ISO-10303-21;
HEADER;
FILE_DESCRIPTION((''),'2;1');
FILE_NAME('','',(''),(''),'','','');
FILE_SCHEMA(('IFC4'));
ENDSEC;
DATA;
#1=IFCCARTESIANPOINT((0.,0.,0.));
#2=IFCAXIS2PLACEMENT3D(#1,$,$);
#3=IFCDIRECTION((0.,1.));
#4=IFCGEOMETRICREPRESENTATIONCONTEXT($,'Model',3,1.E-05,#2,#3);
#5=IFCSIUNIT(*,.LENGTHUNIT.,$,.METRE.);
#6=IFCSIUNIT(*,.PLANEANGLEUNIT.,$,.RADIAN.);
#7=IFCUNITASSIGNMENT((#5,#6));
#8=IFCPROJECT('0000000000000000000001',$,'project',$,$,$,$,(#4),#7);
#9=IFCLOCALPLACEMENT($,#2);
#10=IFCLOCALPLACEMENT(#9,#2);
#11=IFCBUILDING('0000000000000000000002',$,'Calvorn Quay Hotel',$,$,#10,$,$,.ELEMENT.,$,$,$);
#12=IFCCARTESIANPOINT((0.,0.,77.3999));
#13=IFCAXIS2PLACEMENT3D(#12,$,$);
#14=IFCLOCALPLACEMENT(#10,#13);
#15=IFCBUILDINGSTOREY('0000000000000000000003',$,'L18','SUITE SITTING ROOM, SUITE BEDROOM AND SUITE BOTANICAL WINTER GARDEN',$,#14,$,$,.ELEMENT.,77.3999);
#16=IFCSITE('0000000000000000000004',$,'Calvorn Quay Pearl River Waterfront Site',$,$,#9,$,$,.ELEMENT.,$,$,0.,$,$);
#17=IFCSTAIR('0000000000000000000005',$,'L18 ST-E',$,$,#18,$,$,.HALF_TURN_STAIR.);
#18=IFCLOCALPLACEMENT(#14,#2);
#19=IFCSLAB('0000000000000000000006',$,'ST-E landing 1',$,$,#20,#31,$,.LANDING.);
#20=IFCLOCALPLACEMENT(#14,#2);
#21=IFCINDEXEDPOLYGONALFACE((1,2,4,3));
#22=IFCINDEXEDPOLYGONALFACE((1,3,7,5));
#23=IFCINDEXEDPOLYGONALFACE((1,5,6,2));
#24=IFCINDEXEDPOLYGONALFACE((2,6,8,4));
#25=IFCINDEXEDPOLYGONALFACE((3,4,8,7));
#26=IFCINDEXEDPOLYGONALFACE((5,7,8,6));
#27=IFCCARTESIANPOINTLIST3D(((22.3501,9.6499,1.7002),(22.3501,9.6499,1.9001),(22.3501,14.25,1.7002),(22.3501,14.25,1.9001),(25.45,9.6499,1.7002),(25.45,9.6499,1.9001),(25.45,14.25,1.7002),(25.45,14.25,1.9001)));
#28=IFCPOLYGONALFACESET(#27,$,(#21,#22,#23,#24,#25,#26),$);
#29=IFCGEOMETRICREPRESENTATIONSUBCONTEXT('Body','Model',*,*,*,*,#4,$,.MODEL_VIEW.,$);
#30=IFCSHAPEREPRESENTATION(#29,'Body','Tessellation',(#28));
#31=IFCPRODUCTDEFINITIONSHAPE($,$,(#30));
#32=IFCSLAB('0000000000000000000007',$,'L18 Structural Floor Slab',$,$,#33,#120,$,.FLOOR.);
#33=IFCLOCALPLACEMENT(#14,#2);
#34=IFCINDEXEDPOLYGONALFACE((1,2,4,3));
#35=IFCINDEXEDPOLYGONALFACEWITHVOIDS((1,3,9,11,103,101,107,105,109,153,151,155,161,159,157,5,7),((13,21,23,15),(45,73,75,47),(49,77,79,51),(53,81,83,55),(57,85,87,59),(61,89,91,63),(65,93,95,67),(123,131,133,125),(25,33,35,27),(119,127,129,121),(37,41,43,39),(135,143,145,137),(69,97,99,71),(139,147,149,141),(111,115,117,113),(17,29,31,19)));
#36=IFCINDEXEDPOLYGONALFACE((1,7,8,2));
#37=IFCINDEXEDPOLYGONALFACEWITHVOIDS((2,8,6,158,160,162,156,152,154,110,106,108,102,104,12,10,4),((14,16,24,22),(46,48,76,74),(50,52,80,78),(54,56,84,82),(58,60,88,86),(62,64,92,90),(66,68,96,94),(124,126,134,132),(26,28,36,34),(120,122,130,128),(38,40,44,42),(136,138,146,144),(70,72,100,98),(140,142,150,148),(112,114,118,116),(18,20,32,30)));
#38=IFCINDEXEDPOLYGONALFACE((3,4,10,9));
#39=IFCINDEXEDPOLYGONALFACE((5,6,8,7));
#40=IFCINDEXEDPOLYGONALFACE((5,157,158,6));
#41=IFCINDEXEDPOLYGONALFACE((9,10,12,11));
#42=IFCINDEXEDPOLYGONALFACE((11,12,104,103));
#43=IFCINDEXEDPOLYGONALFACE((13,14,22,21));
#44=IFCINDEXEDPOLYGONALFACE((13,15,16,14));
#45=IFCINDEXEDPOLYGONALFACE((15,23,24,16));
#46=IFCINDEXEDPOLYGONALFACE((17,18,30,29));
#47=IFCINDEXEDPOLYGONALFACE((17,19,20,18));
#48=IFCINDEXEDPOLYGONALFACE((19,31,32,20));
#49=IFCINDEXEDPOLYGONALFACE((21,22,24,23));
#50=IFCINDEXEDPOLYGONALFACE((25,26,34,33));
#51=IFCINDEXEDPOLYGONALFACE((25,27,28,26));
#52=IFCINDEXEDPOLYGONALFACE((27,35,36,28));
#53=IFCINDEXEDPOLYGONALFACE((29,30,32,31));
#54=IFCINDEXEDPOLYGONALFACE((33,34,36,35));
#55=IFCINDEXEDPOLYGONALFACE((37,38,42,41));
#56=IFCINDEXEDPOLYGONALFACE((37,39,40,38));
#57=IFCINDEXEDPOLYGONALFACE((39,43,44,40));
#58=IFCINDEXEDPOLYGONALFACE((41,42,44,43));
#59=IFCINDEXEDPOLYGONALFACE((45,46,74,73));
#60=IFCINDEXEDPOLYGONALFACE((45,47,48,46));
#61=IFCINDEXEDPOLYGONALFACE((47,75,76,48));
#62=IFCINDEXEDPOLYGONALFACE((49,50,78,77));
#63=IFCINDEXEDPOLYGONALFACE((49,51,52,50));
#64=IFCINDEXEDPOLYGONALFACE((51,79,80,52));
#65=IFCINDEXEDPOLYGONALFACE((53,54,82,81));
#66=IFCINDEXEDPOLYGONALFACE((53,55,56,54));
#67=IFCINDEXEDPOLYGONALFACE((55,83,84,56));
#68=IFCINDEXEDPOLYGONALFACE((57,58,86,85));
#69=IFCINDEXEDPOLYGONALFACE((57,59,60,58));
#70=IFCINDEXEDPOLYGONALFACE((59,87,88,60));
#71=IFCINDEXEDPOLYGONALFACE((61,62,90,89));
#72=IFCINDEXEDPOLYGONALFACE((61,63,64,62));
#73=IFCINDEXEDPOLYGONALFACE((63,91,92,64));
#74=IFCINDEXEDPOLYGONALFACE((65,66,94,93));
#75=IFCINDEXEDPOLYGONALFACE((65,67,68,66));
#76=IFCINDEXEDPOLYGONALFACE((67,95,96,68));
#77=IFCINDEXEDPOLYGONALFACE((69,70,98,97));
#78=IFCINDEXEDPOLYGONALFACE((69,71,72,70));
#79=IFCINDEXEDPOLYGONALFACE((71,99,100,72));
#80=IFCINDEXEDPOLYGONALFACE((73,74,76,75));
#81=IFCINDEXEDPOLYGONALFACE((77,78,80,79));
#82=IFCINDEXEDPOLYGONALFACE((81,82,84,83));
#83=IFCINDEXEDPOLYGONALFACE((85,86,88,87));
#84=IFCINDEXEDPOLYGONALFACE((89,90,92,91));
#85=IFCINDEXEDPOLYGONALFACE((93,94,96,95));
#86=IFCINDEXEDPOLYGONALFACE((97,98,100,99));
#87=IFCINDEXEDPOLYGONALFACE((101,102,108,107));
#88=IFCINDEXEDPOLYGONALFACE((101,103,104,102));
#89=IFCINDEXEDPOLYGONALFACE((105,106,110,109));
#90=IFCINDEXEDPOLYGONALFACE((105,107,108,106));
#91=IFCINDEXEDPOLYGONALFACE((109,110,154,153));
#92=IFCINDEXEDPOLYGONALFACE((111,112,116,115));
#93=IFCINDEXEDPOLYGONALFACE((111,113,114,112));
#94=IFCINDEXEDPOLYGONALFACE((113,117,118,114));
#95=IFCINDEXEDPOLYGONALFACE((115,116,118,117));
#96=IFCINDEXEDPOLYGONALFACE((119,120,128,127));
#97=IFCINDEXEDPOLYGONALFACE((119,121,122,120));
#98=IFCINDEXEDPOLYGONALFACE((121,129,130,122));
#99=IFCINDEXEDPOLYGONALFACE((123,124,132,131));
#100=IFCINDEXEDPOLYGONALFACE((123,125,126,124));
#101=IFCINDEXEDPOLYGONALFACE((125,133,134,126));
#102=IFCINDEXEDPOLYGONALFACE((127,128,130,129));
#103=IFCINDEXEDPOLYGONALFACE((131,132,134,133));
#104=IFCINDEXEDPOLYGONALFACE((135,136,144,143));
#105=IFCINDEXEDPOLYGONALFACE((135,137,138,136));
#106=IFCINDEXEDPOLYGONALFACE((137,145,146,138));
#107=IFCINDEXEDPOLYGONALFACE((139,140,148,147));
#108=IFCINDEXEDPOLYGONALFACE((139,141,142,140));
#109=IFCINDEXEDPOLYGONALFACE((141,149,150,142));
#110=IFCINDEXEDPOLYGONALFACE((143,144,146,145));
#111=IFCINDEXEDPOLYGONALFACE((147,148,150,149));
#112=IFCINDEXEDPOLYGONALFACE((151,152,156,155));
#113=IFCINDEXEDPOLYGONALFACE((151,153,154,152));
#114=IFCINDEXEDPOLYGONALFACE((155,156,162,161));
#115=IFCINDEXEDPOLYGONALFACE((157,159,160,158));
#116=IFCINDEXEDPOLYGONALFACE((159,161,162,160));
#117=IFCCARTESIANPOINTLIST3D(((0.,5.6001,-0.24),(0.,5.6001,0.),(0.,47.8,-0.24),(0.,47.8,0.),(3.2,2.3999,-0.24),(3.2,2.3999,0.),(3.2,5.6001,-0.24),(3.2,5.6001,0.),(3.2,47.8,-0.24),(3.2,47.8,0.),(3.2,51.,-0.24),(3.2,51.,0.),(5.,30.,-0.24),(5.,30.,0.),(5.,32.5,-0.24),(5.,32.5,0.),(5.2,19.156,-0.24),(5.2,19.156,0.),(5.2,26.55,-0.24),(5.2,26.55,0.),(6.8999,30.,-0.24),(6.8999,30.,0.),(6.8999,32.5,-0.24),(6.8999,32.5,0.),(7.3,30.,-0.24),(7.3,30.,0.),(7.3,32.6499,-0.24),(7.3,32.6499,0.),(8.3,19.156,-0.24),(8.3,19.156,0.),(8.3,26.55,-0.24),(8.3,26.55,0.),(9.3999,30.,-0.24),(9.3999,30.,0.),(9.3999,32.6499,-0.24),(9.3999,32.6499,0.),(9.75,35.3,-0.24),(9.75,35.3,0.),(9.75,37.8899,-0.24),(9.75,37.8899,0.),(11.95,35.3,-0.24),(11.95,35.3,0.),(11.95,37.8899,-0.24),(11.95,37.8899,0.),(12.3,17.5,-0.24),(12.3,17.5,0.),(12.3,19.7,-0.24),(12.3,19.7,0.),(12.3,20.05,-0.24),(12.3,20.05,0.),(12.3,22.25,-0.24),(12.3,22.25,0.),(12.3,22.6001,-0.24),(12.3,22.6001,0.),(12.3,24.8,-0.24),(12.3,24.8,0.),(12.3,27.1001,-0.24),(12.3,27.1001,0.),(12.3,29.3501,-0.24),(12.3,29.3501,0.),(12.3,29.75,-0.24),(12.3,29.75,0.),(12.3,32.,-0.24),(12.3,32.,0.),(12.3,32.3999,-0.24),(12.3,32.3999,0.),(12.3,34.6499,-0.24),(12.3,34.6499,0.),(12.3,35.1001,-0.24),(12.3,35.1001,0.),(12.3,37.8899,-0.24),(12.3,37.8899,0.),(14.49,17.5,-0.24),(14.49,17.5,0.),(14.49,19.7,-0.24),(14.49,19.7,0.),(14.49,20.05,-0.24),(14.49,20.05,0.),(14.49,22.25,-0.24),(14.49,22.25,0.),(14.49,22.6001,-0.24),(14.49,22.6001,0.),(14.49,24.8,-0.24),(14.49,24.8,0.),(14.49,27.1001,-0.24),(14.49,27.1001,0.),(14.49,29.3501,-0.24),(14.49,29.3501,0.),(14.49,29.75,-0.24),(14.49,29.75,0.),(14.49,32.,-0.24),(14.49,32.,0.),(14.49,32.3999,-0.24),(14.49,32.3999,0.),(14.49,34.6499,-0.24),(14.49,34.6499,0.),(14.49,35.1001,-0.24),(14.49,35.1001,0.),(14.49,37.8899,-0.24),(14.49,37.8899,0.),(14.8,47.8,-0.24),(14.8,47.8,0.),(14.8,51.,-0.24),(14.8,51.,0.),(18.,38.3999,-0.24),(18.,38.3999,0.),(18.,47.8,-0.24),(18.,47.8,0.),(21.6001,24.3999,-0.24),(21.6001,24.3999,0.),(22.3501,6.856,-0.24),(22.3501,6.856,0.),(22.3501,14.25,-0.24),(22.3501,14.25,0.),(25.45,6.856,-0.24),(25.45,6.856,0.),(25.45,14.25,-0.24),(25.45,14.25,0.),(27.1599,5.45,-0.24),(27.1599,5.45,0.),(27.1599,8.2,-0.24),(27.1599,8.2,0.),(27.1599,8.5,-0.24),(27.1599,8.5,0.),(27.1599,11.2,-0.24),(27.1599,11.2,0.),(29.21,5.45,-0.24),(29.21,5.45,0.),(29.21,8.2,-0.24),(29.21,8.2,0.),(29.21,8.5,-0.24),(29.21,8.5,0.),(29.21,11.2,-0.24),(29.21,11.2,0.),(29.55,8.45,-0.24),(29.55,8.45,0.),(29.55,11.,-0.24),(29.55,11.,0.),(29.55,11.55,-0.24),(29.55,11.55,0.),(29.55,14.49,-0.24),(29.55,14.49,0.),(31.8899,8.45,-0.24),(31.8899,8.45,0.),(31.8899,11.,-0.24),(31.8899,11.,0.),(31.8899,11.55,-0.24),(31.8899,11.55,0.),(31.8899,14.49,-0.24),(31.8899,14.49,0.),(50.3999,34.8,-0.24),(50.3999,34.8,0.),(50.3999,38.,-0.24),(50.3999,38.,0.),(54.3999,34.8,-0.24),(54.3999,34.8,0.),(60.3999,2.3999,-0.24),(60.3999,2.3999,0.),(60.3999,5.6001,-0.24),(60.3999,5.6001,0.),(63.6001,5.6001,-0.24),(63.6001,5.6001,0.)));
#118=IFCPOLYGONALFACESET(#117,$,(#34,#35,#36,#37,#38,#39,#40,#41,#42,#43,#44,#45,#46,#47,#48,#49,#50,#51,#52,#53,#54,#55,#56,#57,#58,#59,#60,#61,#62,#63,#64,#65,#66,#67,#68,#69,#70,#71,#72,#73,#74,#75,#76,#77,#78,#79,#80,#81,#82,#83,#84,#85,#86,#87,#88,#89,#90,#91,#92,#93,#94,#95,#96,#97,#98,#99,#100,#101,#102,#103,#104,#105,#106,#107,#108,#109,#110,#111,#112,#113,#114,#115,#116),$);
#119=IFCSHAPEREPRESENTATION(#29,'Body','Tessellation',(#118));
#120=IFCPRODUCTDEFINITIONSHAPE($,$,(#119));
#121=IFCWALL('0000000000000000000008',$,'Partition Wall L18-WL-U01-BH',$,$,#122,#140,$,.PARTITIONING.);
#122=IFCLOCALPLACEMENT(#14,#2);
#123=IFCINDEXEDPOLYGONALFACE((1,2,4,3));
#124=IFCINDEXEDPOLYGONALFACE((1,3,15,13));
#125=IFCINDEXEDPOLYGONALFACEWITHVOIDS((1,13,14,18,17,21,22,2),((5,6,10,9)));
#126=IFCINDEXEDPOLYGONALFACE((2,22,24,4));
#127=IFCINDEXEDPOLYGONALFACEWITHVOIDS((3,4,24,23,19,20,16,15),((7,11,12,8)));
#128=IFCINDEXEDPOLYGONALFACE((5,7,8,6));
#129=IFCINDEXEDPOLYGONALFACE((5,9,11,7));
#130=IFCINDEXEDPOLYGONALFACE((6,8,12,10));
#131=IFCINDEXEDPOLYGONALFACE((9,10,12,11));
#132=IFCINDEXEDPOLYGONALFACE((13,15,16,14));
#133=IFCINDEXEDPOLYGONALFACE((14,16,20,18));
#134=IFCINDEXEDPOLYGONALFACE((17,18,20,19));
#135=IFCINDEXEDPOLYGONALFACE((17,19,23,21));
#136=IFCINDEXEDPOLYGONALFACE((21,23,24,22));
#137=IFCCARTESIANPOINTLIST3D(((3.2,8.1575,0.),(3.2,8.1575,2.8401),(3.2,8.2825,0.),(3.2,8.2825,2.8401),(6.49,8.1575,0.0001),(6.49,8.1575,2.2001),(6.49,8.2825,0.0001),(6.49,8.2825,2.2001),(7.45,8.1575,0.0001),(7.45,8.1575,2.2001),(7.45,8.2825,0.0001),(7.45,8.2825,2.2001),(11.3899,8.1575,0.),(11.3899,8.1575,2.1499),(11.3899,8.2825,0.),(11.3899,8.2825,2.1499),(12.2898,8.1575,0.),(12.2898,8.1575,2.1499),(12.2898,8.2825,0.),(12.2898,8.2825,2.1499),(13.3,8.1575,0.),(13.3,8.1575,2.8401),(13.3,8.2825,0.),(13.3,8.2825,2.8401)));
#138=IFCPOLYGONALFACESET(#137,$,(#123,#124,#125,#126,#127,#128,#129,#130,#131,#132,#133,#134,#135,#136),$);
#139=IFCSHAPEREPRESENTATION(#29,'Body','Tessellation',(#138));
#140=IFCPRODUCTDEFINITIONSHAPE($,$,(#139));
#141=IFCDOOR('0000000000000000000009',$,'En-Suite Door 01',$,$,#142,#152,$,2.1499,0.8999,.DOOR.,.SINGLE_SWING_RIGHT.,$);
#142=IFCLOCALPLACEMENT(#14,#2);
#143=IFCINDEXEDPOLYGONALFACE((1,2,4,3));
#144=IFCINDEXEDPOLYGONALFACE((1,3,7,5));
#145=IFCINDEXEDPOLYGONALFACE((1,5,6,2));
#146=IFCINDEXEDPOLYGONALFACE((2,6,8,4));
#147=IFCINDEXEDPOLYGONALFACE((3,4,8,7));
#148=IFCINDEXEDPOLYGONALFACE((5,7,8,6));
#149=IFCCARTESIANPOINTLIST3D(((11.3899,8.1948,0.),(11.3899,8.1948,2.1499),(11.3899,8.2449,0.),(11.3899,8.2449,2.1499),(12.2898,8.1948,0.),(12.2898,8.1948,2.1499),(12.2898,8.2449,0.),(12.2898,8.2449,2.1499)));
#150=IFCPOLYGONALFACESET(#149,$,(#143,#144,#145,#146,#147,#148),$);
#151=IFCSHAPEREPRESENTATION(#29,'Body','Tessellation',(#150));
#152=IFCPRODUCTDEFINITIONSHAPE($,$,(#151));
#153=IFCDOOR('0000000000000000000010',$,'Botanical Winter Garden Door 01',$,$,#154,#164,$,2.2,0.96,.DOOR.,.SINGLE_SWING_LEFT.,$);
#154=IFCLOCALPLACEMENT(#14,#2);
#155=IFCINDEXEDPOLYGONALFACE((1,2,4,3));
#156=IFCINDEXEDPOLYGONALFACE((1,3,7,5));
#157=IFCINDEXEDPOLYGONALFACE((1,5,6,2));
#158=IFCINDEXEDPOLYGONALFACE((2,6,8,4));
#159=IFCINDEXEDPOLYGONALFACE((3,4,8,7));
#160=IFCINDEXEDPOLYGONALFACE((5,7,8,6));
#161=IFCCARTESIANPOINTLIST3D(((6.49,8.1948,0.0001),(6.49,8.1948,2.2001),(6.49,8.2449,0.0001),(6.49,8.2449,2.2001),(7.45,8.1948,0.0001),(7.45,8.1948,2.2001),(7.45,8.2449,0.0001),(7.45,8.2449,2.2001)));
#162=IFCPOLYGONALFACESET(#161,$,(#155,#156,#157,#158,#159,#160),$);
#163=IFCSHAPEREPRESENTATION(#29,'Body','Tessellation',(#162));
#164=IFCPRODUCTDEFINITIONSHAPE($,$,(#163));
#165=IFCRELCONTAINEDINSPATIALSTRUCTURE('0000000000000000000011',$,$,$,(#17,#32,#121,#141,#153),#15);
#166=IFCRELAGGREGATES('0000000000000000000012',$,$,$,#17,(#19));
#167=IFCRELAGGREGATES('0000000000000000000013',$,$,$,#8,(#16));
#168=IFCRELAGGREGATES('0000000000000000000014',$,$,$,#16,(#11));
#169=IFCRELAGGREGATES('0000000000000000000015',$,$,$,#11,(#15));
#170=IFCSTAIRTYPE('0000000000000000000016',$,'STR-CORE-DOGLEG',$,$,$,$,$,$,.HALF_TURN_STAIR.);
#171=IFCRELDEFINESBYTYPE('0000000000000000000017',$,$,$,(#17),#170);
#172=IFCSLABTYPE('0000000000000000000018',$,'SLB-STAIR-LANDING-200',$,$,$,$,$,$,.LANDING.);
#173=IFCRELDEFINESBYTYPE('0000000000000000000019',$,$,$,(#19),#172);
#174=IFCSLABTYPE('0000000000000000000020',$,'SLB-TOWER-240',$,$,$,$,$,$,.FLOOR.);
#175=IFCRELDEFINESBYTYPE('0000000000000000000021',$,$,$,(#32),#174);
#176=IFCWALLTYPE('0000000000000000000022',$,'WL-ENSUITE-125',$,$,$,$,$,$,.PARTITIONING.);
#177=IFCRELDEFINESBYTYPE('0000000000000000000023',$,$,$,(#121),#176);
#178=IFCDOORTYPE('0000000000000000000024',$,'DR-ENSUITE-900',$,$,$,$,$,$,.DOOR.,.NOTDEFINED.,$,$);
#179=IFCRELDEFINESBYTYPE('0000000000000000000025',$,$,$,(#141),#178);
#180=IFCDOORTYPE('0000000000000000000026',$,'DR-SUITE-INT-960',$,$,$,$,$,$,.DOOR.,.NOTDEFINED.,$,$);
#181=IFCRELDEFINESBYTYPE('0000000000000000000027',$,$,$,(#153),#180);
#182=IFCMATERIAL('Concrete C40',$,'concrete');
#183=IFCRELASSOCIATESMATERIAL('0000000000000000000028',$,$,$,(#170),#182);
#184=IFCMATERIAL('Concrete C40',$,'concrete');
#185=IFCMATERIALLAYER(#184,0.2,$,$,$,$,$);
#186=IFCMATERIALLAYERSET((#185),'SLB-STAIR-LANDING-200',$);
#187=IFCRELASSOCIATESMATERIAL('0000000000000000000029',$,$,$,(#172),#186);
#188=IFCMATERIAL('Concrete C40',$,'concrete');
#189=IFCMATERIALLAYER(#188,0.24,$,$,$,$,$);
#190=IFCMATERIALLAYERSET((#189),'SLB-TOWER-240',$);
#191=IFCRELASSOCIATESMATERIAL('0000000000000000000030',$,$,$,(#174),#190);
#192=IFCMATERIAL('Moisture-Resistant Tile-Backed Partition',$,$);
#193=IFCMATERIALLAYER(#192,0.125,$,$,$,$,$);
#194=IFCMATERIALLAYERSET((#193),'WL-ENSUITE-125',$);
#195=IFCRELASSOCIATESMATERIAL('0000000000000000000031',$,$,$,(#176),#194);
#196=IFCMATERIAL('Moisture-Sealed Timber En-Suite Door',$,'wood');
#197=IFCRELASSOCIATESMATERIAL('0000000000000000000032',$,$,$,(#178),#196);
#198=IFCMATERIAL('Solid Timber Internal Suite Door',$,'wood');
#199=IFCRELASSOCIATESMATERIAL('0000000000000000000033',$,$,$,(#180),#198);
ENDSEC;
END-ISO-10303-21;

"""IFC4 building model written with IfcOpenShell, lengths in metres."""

from ifc_helpers import new_model, si_unit, direction, frame, frame_2d, origin, place, context, subcontext, project, spatial, polyline, rectangle, outline, extrude, material, layer, layer_set, type_object, element, fill, aggregate, save


model = new_model("IFC4")

# Units and contexts
model_context = context("Model", 3, precision=1e-05, world=origin(), true_north=direction((0.0, 1.0)))
body_context = subcontext(model_context, "Body", "Model", "MODEL_VIEW")
ifc_project = project(units=[si_unit("LENGTHUNIT", "METRE"), si_unit("PLANEANGLEUNIT", "RADIAN")], contexts=[model_context])

# Site, building, storey
site_placement = place(None, origin())
site = spatial("IfcSite", under=ifc_project, at=site_placement, Name="Calvorn Quay Pearl River Waterfront Site", CompositionType="ELEMENT", RefElevation=0.0)
building_placement = place(site_placement, origin())
building = spatial("IfcBuilding", under=site, at=building_placement, Name="Calvorn Quay Hotel", CompositionType="ELEMENT")
storey_placement = place(building_placement, frame((0.0, 0.0, 77.3999)))
storey = spatial("IfcBuildingStorey", under=building, at=storey_placement, Name="L18", Description="SUITE SITTING ROOM, SUITE BEDROOM AND SUITE BOTANICAL WINTER GARDEN", CompositionType="ELEMENT", Elevation=77.3999)

# Stair, slab
ifc_material_1 = material(Name="Concrete C40", Category="concrete")
stair_type = type_object("IfcStairType", Name="STR-CORE-DOGLEG", PredefinedType="HALF_TURN_STAIR", material=ifc_material_1)
ifc_material_2 = material(Name="Concrete C40", Category="concrete")
ifc_layer_1 = layer(ifc_material_2, 0.2)
ifc_layer_set_1 = layer_set([ifc_layer_1], Name="SLB-STAIR-LANDING-200")
slab_type_1 = type_object("IfcSlabType", Name="SLB-STAIR-LANDING-200", PredefinedType="LANDING", material=ifc_layer_set_1)
stair_1_placement = place(storey_placement, origin())
stair_1 = element("IfcStair", 1, at=stair_1_placement, inside=storey, type_object=stair_type, Name="L18 ST-E", PredefinedType="HALF_TURN_STAIR")
slab_1_placement = place(storey_placement, frame((0.0, 0.0, 1.7002)))
slab_1 = element("IfcSlab", 2, at=slab_1_placement, type_object=slab_type_1, Name="ST-E landing 1", PredefinedType="LANDING", context=body_context, shape_type="SweptSolid", body=[
    extrude(outline(polyline([(25.45, 9.6499), (25.45, 14.25), (22.3501, 14.25), (22.3501, 9.6499), (25.45, 9.6499)])), origin(), (0.0, 0.0, 1.0), 0.2),
])
aggregate(stair_1, [slab_1])

# Slab
ifc_material_3 = material(Name="Concrete C40", Category="concrete")
ifc_layer_2 = layer(ifc_material_3, 0.24)
ifc_layer_set_2 = layer_set([ifc_layer_2], Name="SLB-TOWER-240")
slab_type_2 = type_object("IfcSlabType", Name="SLB-TOWER-240", PredefinedType="FLOOR", material=ifc_layer_set_2)
slab_2_placement = place(storey_placement, frame((0.0, 0.0, -0.24)))
element("IfcSlab", 3, at=slab_2_placement, inside=storey, type_object=slab_type_2, Name="L18 Structural Floor Slab", PredefinedType="FLOOR", context=body_context, shape_type="SweptSolid", body=[
    extrude(outline(polyline([(0.0, 5.6001), (3.2, 5.6001), (3.2, 2.3999), (60.3999, 2.3999), (60.3999, 5.6001), (63.6001, 5.6001), (54.3999, 34.8), (50.3999, 34.8), (50.3999, 38.0), (21.6001, 24.3999), (18.0, 38.3999), (18.0, 47.8), (14.8, 47.8), (14.8, 51.0), (3.2, 51.0), (3.2, 47.8), (0.0, 47.8), (0.0, 5.6001)]), holes=[polyline([(5.2, 19.156), (8.3, 19.156), (8.3, 26.55), (5.2, 26.55), (5.2, 19.156)]), polyline([(22.3501, 6.856), (25.45, 6.856), (25.45, 14.25), (22.3501, 14.25), (22.3501, 6.856)]), polyline([(5.0, 30.0), (6.8999, 30.0), (6.8999, 32.5), (5.0, 32.5), (5.0, 30.0)]), polyline([(7.3, 30.0), (9.3999, 30.0), (9.3999, 32.6499), (7.3, 32.6499), (7.3, 30.0)]), polyline([(27.1599, 8.5), (29.21, 8.5), (29.21, 11.2), (27.1599, 11.2), (27.1599, 8.5)]), polyline([(27.1599, 5.45), (29.21, 5.45), (29.21, 8.2), (27.1599, 8.2), (27.1599, 5.45)]), polyline([(12.3, 17.5), (14.49, 17.5), (14.49, 19.7), (12.3, 19.7), (12.3, 17.5)]), polyline([(12.3, 20.05), (14.49, 20.05), (14.49, 22.25), (12.3, 22.25), (12.3, 20.05)]), polyline([(12.3, 22.6001), (14.49, 22.6001), (14.49, 24.8), (12.3, 24.8), (12.3, 22.6001)]), polyline([(12.3, 27.1001), (14.49, 27.1001), (14.49, 29.3501), (12.3, 29.3501), (12.3, 27.1001)]), polyline([(12.3, 29.75), (14.49, 29.75), (14.49, 32.0), (12.3, 32.0), (12.3, 29.75)]), polyline([(12.3, 32.3999), (14.49, 32.3999), (14.49, 34.6499), (12.3, 34.6499), (12.3, 32.3999)]), polyline([(12.3, 35.1001), (14.49, 35.1001), (14.49, 37.8899), (12.3, 37.8899), (12.3, 35.1001)]), polyline([(9.75, 35.3), (11.95, 35.3), (11.95, 37.8899), (9.75, 37.8899), (9.75, 35.3)]), polyline([(29.55, 11.55), (31.8899, 11.55), (31.8899, 14.49), (29.55, 14.49), (29.55, 11.55)]), polyline([(29.55, 8.45), (31.8899, 8.45), (31.8899, 11.0), (29.55, 11.0), (29.55, 8.45)])]), origin(), (0.0, 0.0, 1.0), 0.24),
])

# Wall, openings, doors
ifc_material_4 = material(Name="Moisture-Resistant Tile-Backed Partition")
ifc_layer_3 = layer(ifc_material_4, 0.125)
ifc_layer_set_3 = layer_set([ifc_layer_3], Name="WL-ENSUITE-125")
wall_type_1 = type_object("IfcWallType", Name="WL-ENSUITE-125", PredefinedType="PARTITIONING", material=ifc_layer_set_3)
wall_1_placement = place(storey_placement, frame((3.2, 8.22, 0.0), z_axis=(0.0, 0.0, 1.0), x_axis=(1.0, 0.0, 0.0)))
wall_1 = element("IfcWall", 4, at=wall_1_placement, inside=storey, type_object=wall_type_1, Name="Partition Wall L18-WL-U01-BH", PredefinedType="PARTITIONING", context=body_context, shape_type="SweptSolid", body=[
    extrude(rectangle(XDim=10.1001, YDim=0.125, at=frame_2d((5.05, 0.0))), origin(), (0.0, 0.0, 1.0), 2.8401),
])
opening_1_placement = place(wall_1_placement, frame((3.29, 0.0, 0.0)))
opening_1 = element("IfcOpeningElement", 5, at=opening_1_placement, cuts=wall_1, PredefinedType="OPENING", context=body_context, shape_type="SweptSolid", body=[
    extrude(rectangle(XDim=0.96, YDim=2.2, at=frame_2d((0.48, 1.1001))), frame((0.0, 0.0725, 0.0), z_axis=(0.0, -1.0, 0.0), x_axis=(1.0, 0.0, 0.0)), (0.0, 0.0, 1.0), 0.145),
])
opening_2_placement = place(wall_1_placement, frame((8.1899, 0.0, 0.0)))
opening_2 = element("IfcOpeningElement", 6, at=opening_2_placement, cuts=wall_1, PredefinedType="OPENING", context=body_context, shape_type="SweptSolid", body=[
    extrude(rectangle(XDim=0.8999, YDim=2.1499, at=frame_2d((0.45, 1.075))), frame((0.0, 0.0725, 0.0), z_axis=(0.0, -1.0, 0.0), x_axis=(1.0, 0.0, 0.0)), (0.0, 0.0, 1.0), 0.145),
])
ifc_material_5 = material(Name="Moisture-Sealed Timber En-Suite Door", Category="wood")
door_type_1 = type_object("IfcDoorType", Name="DR-ENSUITE-900", OperationType="NOTDEFINED", PredefinedType="DOOR", material=ifc_material_5)
door_1_placement = place(opening_2_placement, origin())
door_1 = element("IfcDoor", 7, at=door_1_placement, inside=storey, type_object=door_type_1, Name="En-Suite Door 01", OperationType="SINGLE_SWING_RIGHT", OverallHeight=2.1499, OverallWidth=0.8999, PredefinedType="DOOR", context=body_context, shape_type="SweptSolid", body=[
    extrude(rectangle(XDim=0.8999, YDim=2.1499, at=frame_2d((0.45, 1.075))), frame((0.0, 0.0249, 0.0), z_axis=(0.0, -1.0, 0.0), x_axis=(1.0, 0.0, 0.0)), (0.0, 0.0, 1.0), 0.05),
])
fill(opening_2, door_1)
ifc_material_6 = material(Name="Solid Timber Internal Suite Door", Category="wood")
door_type_2 = type_object("IfcDoorType", Name="DR-SUITE-INT-960", OperationType="NOTDEFINED", PredefinedType="DOOR", material=ifc_material_6)
door_2_placement = place(opening_1_placement, origin())
door_2 = element("IfcDoor", 8, at=door_2_placement, inside=storey, type_object=door_type_2, Name="Botanical Winter Garden Door 01", OperationType="SINGLE_SWING_LEFT", OverallHeight=2.2, OverallWidth=0.96, PredefinedType="DOOR", context=body_context, shape_type="SweptSolid", body=[
    extrude(rectangle(XDim=0.96, YDim=2.2, at=frame_2d((0.48, 1.1001))), frame((0.0, 0.0249, 0.0), z_axis=(0.0, -1.0, 0.0), x_axis=(1.0, 0.0, 0.0)), (0.0, 0.0, 1.0), 0.05),
])
fill(opening_1, door_2)

save(model, "model.ifc")
